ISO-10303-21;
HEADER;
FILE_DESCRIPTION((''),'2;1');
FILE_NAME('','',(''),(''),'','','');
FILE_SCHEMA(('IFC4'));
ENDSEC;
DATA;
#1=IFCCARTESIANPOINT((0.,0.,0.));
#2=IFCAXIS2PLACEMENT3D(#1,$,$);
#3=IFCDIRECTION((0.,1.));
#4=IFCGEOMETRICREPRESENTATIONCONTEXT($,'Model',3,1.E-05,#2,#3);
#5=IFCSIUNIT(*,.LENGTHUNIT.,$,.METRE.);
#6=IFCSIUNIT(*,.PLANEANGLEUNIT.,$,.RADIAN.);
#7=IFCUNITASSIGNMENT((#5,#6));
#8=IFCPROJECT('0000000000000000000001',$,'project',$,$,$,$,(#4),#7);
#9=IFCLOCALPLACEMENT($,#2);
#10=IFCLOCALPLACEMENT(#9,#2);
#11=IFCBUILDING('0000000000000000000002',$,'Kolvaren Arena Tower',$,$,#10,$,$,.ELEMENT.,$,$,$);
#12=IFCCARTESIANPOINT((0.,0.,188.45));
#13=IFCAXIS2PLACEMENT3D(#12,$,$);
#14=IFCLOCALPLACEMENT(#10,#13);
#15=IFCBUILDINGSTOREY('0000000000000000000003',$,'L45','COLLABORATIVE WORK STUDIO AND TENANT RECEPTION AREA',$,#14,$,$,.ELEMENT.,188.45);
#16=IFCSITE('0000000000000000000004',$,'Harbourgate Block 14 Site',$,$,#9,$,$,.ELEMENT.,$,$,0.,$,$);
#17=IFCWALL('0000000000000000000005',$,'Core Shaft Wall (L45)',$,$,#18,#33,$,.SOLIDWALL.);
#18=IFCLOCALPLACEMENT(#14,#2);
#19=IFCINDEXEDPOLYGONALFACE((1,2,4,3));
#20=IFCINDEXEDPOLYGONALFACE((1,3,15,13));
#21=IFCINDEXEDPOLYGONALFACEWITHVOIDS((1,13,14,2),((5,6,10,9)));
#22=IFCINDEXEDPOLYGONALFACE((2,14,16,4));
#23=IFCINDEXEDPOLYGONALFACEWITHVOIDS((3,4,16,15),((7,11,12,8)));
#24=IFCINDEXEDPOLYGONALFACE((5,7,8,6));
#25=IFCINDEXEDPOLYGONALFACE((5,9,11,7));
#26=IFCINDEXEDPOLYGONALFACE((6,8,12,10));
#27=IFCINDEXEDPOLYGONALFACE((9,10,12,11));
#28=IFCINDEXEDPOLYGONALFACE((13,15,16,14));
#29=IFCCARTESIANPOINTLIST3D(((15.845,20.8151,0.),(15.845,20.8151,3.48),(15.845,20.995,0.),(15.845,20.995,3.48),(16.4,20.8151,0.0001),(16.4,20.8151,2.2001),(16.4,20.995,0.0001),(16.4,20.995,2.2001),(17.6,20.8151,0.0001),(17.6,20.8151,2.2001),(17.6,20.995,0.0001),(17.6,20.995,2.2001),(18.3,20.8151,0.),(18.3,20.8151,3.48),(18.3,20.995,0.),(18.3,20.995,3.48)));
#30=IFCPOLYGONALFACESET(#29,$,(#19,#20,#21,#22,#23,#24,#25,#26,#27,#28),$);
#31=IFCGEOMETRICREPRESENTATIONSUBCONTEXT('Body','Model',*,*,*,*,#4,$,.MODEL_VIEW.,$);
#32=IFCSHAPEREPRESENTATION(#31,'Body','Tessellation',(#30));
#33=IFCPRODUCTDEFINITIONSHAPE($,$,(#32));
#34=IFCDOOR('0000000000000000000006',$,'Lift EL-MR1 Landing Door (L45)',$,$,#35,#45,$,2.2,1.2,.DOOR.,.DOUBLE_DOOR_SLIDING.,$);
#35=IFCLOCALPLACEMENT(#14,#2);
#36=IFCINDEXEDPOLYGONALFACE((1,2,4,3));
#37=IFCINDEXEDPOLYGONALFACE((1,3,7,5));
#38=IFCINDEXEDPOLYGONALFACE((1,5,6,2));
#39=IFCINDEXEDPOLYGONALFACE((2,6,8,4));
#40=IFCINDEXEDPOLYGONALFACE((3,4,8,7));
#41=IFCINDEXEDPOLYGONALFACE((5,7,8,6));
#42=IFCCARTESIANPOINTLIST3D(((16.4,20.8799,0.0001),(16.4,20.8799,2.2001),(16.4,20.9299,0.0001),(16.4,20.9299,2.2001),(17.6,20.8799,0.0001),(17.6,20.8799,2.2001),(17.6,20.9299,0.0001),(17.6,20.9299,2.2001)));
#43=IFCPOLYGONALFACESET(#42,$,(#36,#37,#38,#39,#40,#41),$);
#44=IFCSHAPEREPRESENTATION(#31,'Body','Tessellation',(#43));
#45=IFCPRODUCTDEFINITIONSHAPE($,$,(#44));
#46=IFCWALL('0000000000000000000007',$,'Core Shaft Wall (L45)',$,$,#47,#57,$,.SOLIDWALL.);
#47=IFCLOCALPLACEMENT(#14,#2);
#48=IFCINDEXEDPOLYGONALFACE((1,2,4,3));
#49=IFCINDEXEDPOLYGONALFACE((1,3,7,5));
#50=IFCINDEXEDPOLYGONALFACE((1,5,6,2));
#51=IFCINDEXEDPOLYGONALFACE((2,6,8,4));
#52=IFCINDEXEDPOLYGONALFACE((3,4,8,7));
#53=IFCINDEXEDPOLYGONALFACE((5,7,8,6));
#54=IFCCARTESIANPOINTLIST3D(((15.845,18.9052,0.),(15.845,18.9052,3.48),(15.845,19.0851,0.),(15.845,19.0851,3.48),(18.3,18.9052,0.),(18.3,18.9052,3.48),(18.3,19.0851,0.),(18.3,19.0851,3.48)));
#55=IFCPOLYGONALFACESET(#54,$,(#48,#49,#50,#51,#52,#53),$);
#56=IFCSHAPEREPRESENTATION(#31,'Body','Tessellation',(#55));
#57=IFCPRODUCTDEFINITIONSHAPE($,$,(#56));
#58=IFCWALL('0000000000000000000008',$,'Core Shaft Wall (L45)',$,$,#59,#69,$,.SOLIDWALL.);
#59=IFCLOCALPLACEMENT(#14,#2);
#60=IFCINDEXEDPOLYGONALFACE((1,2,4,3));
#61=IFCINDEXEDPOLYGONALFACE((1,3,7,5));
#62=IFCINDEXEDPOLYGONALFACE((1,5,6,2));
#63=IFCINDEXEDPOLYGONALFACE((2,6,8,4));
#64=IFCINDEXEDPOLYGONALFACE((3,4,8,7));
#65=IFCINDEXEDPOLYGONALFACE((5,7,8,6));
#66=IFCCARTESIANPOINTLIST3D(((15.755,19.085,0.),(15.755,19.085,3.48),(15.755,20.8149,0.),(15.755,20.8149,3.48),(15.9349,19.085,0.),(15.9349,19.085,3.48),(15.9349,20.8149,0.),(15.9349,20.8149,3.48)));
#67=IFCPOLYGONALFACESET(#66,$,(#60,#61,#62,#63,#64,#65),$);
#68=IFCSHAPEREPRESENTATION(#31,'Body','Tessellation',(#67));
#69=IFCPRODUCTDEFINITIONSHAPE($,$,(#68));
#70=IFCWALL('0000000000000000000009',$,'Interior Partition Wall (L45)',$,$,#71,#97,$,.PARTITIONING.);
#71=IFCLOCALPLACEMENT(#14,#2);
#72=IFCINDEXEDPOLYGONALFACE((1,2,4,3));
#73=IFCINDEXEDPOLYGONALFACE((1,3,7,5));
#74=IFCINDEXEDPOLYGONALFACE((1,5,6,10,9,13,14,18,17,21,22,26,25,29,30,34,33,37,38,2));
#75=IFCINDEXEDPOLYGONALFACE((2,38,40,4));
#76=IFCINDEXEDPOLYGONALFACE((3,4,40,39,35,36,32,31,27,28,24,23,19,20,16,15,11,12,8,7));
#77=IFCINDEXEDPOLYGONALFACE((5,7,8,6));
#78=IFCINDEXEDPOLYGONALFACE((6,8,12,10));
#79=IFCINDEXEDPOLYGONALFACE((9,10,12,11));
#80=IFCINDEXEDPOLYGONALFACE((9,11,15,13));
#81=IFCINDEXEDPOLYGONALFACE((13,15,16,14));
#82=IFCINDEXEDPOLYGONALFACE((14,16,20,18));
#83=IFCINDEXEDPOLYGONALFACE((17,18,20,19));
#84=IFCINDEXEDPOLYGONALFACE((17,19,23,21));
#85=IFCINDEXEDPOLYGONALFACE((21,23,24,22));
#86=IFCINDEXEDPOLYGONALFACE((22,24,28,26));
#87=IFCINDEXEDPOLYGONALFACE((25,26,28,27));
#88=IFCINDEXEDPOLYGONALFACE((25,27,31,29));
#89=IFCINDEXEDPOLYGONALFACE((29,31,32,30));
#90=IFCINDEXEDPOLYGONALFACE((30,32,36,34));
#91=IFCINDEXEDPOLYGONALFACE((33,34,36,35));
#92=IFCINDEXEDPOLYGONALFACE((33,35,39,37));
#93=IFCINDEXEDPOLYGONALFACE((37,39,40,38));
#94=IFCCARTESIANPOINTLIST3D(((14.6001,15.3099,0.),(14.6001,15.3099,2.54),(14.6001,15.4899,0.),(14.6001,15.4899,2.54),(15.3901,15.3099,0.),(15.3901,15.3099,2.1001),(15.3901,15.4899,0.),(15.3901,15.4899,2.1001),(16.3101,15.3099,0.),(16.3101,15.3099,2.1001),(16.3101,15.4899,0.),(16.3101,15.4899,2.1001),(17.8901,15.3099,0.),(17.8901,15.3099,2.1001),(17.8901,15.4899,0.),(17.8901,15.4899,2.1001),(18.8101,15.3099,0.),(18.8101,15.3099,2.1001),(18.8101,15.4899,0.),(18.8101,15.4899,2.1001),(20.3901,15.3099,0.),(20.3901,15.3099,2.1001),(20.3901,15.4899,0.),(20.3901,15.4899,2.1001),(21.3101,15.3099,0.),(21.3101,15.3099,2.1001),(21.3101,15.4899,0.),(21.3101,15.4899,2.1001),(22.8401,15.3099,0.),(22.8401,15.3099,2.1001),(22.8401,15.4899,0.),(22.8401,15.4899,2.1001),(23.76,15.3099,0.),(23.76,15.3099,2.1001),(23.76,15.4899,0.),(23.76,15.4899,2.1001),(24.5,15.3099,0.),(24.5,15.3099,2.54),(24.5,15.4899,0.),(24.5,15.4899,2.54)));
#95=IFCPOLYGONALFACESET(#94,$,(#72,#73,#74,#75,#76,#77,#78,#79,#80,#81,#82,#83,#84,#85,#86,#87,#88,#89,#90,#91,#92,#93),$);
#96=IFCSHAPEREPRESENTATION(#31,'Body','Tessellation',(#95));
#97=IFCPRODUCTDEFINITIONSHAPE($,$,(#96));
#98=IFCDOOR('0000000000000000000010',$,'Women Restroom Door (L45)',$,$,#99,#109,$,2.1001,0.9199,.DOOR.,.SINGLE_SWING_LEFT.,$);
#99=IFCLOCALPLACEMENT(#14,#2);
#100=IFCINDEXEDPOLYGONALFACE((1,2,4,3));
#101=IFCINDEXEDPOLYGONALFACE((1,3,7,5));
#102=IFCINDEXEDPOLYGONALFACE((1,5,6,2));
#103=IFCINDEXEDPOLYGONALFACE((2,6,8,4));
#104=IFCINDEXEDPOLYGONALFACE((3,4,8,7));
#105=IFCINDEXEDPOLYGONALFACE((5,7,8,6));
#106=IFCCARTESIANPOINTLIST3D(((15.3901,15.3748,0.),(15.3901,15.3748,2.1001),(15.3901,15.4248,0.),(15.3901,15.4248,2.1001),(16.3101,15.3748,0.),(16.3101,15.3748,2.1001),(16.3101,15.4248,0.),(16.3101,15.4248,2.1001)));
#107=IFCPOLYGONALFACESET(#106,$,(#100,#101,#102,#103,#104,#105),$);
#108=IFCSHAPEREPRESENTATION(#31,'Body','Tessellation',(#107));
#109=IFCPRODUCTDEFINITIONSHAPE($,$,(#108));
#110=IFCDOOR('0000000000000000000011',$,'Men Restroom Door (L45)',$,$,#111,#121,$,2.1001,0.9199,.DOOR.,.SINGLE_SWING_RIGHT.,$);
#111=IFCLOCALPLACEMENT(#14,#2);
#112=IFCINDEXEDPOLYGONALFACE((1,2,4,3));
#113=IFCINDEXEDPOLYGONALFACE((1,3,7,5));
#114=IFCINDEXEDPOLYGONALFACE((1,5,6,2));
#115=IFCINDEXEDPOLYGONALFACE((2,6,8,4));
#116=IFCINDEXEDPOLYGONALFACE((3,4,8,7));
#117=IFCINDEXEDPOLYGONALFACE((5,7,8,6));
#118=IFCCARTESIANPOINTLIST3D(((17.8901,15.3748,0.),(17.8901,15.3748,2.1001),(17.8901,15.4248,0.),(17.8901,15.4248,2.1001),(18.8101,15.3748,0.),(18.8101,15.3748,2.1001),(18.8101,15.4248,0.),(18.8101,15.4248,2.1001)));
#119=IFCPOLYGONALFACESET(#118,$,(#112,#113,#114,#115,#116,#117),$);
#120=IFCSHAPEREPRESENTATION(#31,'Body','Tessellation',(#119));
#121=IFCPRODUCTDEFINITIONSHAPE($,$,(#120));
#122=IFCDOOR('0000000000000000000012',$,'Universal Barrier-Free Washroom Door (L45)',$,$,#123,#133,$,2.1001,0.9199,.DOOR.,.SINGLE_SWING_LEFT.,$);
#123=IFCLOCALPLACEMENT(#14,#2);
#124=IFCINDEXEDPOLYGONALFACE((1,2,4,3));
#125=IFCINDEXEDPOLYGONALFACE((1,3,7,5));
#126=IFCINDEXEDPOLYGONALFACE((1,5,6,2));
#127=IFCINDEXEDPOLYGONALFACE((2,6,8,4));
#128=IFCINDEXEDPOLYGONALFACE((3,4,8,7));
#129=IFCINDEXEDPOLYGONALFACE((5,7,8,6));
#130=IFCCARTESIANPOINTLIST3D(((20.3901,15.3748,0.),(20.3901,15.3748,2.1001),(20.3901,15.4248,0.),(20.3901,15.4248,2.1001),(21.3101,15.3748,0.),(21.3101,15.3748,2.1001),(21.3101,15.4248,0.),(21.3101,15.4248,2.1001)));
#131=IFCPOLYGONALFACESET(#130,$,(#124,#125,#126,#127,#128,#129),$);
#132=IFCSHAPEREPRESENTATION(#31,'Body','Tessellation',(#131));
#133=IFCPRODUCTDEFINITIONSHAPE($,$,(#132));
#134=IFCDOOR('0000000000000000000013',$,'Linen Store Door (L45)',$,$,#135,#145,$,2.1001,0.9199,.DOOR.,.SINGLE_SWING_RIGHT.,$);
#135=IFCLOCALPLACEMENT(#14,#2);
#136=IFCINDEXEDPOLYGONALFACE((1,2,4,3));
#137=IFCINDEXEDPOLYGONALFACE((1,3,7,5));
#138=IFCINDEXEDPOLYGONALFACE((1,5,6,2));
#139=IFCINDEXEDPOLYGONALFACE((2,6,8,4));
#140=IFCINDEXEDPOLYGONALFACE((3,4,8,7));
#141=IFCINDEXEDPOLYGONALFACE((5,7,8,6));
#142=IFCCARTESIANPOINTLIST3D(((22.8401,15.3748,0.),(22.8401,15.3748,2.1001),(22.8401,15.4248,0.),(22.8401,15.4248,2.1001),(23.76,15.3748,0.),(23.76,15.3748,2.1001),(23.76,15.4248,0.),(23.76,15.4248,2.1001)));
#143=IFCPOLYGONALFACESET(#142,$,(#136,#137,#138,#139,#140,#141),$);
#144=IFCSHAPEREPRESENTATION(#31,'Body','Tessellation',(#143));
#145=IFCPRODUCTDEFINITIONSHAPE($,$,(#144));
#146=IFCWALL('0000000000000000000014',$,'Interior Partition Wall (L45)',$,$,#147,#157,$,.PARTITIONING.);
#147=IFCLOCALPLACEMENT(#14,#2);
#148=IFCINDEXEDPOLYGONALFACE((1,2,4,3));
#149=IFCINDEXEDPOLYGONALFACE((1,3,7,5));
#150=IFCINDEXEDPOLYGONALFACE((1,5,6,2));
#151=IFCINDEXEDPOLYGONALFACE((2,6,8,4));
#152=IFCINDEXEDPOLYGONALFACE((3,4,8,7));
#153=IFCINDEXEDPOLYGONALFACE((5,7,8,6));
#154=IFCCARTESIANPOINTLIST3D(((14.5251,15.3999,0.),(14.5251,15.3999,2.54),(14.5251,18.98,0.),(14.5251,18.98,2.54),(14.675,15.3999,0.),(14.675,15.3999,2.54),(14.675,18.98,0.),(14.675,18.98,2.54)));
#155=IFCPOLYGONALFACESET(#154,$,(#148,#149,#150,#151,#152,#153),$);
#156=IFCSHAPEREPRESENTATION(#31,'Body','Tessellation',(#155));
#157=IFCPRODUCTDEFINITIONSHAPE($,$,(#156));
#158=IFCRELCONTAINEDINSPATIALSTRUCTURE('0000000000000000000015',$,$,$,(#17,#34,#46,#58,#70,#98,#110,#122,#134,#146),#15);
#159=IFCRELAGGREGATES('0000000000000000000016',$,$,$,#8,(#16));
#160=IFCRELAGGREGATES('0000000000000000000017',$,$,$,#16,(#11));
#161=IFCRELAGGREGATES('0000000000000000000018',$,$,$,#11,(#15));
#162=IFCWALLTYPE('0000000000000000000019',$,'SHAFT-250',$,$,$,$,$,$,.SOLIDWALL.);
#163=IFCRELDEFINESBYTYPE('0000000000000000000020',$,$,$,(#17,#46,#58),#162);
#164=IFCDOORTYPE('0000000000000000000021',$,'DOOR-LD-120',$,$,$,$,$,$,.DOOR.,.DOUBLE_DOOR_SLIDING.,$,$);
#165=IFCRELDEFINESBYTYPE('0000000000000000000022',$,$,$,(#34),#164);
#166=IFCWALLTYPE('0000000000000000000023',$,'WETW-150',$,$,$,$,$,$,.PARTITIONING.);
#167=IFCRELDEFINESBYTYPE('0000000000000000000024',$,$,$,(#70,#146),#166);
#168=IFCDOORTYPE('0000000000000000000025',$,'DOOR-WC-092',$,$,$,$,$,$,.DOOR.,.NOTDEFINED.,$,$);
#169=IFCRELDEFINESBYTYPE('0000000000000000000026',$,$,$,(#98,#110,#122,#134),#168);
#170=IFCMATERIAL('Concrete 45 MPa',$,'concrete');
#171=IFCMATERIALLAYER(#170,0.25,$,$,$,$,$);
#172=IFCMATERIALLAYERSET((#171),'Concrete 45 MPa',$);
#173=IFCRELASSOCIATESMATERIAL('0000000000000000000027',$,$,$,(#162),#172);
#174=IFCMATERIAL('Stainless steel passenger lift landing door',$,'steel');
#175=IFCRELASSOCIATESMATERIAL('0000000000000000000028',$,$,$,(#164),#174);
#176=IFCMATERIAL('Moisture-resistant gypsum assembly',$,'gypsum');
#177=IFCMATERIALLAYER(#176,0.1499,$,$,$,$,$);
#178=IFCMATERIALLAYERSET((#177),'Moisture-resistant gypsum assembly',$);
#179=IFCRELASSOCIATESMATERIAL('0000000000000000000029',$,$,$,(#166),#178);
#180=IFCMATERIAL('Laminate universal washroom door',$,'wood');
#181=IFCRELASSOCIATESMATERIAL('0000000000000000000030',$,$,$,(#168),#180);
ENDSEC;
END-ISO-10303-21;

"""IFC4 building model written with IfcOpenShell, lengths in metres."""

from ifc_helpers import new_model, si_unit, direction, frame, frame_2d, origin, place, context, subcontext, project, spatial, rectangle, extrude, material, layer, layer_set, type_object, element, fill, save


model = new_model("IFC4")

# Units and contexts
model_context = context("Model", 3, precision=1e-05, world=origin(), true_north=direction((0.0, 1.0)))
body_context = subcontext(model_context, "Body", "Model", "MODEL_VIEW")
ifc_project = project(units=[si_unit("LENGTHUNIT", "METRE"), si_unit("PLANEANGLEUNIT", "RADIAN")], contexts=[model_context])

# Site, building, storey
site_placement = place(None, origin())
site = spatial("IfcSite", under=ifc_project, at=site_placement, Name="Harbourgate Block 14 Site", CompositionType="ELEMENT", RefElevation=0.0)
building_placement = place(site_placement, origin())
building = spatial("IfcBuilding", under=site, at=building_placement, Name="Kolvaren Arena Tower", CompositionType="ELEMENT")
storey_placement = place(building_placement, frame((0.0, 0.0, 188.45)))
storey = spatial("IfcBuildingStorey", under=building, at=storey_placement, Name="L45", Description="COLLABORATIVE WORK STUDIO AND TENANT RECEPTION AREA", CompositionType="ELEMENT", Elevation=188.45)

# Wall, opening, door
ifc_material_1 = material(Name="Concrete 45 MPa", Category="concrete")
ifc_layer_1 = layer(ifc_material_1, 0.25)
ifc_layer_set_1 = layer_set([ifc_layer_1], Name="Concrete 45 MPa")
wall_type_1 = type_object("IfcWallType", Name="SHAFT-250", PredefinedType="SOLIDWALL", material=ifc_layer_set_1)
wall_1_placement = place(storey_placement, frame((15.845, 20.905, 0.0), z_axis=(0.0, 0.0, 1.0), x_axis=(1.0, 0.0, 0.0)))
wall_1 = element("IfcWall", 1, at=wall_1_placement, inside=storey, type_object=wall_type_1, Name="Core Shaft Wall (L45)", PredefinedType="SOLIDWALL", context=body_context, shape_type="SweptSolid", body=[
    extrude(rectangle(XDim=2.4551, YDim=0.1799, at=frame_2d((1.2275, 0.0))), origin(), (0.0, 0.0, 1.0), 3.48),
])
opening_1_placement = place(wall_1_placement, frame((0.5549, 0.0, 0.0)))
opening_1 = element("IfcOpeningElement", 2, at=opening_1_placement, cuts=wall_1, PredefinedType="OPENING", context=body_context, shape_type="SweptSolid", body=[
    extrude(rectangle(XDim=1.2, YDim=2.2, at=frame_2d((0.6001, 1.1001))), frame((0.0, 0.0999, 0.0), z_axis=(0.0, -1.0, 0.0), x_axis=(1.0, 0.0, 0.0)), (0.0, 0.0, 1.0), 0.2),
])
ifc_material_2 = material(Name="Stainless steel passenger lift landing door", Category="steel")
door_type_1 = type_object("IfcDoorType", Name="DOOR-LD-120", OperationType="DOUBLE_DOOR_SLIDING", PredefinedType="DOOR", material=ifc_material_2)
door_1_placement = place(opening_1_placement, origin())
door_1 = element("IfcDoor", 3, at=door_1_placement, inside=storey, type_object=door_type_1, Name="Lift EL-MR1 Landing Door (L45)", OperationType="DOUBLE_DOOR_SLIDING", OverallHeight=2.2, OverallWidth=1.2, PredefinedType="DOOR", context=body_context, shape_type="SweptSolid", body=[
    extrude(rectangle(XDim=1.2, YDim=2.2, at=frame_2d((0.6001, 1.1001))), frame((0.0, 0.0249, 0.0), z_axis=(0.0, -1.0, 0.0), x_axis=(1.0, 0.0, 0.0)), (0.0, 0.0, 1.0), 0.05),
])
fill(opening_1, door_1)

# Walls
wall_2_placement = place(storey_placement, frame((15.845, 18.9951, 0.0), z_axis=(0.0, 0.0, 1.0), x_axis=(1.0, 0.0, 0.0)))
element("IfcWall", 4, at=wall_2_placement, inside=storey, type_object=wall_type_1, Name="Core Shaft Wall (L45)", PredefinedType="SOLIDWALL", context=body_context, shape_type="SweptSolid", body=[
    extrude(rectangle(XDim=2.4551, YDim=0.1799, at=frame_2d((1.2275, 0.0))), origin(), (0.0, 0.0, 1.0), 3.48),
])
wall_3_placement = place(storey_placement, frame((15.845, 19.085, 0.0), z_axis=(0.0, 0.0, 1.0), x_axis=(0.0, 1.0, 0.0)))
element("IfcWall", 5, at=wall_3_placement, inside=storey, type_object=wall_type_1, Name="Core Shaft Wall (L45)", PredefinedType="SOLIDWALL", context=body_context, shape_type="SweptSolid", body=[
    extrude(rectangle(XDim=1.73, YDim=0.1799, at=frame_2d((0.865, 0.0))), origin(), (0.0, 0.0, 1.0), 3.48),
])

# Wall, openings, doors
ifc_material_3 = material(Name="Moisture-resistant gypsum assembly", Category="gypsum")
ifc_layer_2 = layer(ifc_material_3, 0.1499)
ifc_layer_set_2 = layer_set([ifc_layer_2], Name="Moisture-resistant gypsum assembly")
wall_type_2 = type_object("IfcWallType", Name="WETW-150", PredefinedType="PARTITIONING", material=ifc_layer_set_2)
wall_4_placement = place(storey_placement, frame((14.6001, 15.3999, 0.0), z_axis=(0.0, 0.0, 1.0), x_axis=(1.0, 0.0, 0.0)))
wall_4 = element("IfcWall", 6, at=wall_4_placement, inside=storey, type_object=wall_type_2, Name="Interior Partition Wall (L45)", PredefinedType="PARTITIONING", context=body_context, shape_type="SweptSolid", body=[
    extrude(rectangle(XDim=9.8999, YDim=0.1799, at=frame_2d((4.95, 0.0))), origin(), (0.0, 0.0, 1.0), 2.54),
])
opening_2_placement = place(wall_4_placement, frame((0.79, 0.0, 0.0)))
opening_2 = element("IfcOpeningElement", 7, at=opening_2_placement, cuts=wall_4, PredefinedType="OPENING", context=body_context, shape_type="SweptSolid", body=[
    extrude(rectangle(XDim=0.9199, YDim=2.1001, at=frame_2d((0.46, 1.05))), frame((0.0, 0.0999, 0.0), z_axis=(0.0, -1.0, 0.0), x_axis=(1.0, 0.0, 0.0)), (0.0, 0.0, 1.0), 0.2),
])
opening_3_placement = place(wall_4_placement, frame((3.29, 0.0, 0.0)))
opening_3 = element("IfcOpeningElement", 8, at=opening_3_placement, cuts=wall_4, PredefinedType="OPENING", context=body_context, shape_type="SweptSolid", body=[
    extrude(rectangle(XDim=0.9199, YDim=2.1001, at=frame_2d((0.46, 1.05))), frame((0.0, 0.0999, 0.0), z_axis=(0.0, -1.0, 0.0), x_axis=(1.0, 0.0, 0.0)), (0.0, 0.0, 1.0), 0.2),
])
opening_4_placement = place(wall_4_placement, frame((5.79, 0.0, 0.0)))
opening_4 = element("IfcOpeningElement", 9, at=opening_4_placement, cuts=wall_4, PredefinedType="OPENING", context=body_context, shape_type="SweptSolid", body=[
    extrude(rectangle(XDim=0.9199, YDim=2.1001, at=frame_2d((0.46, 1.05))), frame((0.0, 0.0999, 0.0), z_axis=(0.0, -1.0, 0.0), x_axis=(1.0, 0.0, 0.0)), (0.0, 0.0, 1.0), 0.2),
])
opening_5_placement = place(wall_4_placement, frame((8.24, 0.0, 0.0)))
opening_5 = element("IfcOpeningElement", 10, at=opening_5_placement, cuts=wall_4, PredefinedType="OPENING", context=body_context, shape_type="SweptSolid", body=[
    extrude(rectangle(XDim=0.9199, YDim=2.1001, at=frame_2d((0.46, 1.05))), frame((0.0, 0.0999, 0.0), z_axis=(0.0, -1.0, 0.0), x_axis=(1.0, 0.0, 0.0)), (0.0, 0.0, 1.0), 0.2),
])
ifc_material_4 = material(Name="Laminate universal washroom door", Category="wood")
door_type_2 = type_object("IfcDoorType", Name="DOOR-WC-092", OperationType="NOTDEFINED", PredefinedType="DOOR", material=ifc_material_4)
door_2_placement = place(opening_2_placement, origin())
door_2 = element("IfcDoor", 11, at=door_2_placement, inside=storey, type_object=door_type_2, Name="Women Restroom Door (L45)", OperationType="SINGLE_SWING_LEFT", OverallHeight=2.1001, OverallWidth=0.9199, PredefinedType="DOOR", context=body_context, shape_type="SweptSolid", body=[
    extrude(rectangle(XDim=0.9199, YDim=2.1001, at=frame_2d((0.46, 1.05))), frame((0.0, 0.0249, 0.0), z_axis=(0.0, -1.0, 0.0), x_axis=(1.0, 0.0, 0.0)), (0.0, 0.0, 1.0), 0.05),
])
fill(opening_2, door_2)
door_3_placement = place(opening_3_placement, origin())
door_3 = element("IfcDoor", 12, at=door_3_placement, inside=storey, type_object=door_type_2, Name="Men Restroom Door (L45)", OperationType="SINGLE_SWING_RIGHT", OverallHeight=2.1001, OverallWidth=0.9199, PredefinedType="DOOR", context=body_context, shape_type="SweptSolid", body=[
    extrude(rectangle(XDim=0.9199, YDim=2.1001, at=frame_2d((0.46, 1.05))), frame((0.0, 0.0249, 0.0), z_axis=(0.0, -1.0, 0.0), x_axis=(1.0, 0.0, 0.0)), (0.0, 0.0, 1.0), 0.05),
])
fill(opening_3, door_3)
door_4_placement = place(opening_4_placement, origin())
door_4 = element("IfcDoor", 13, at=door_4_placement, inside=storey, type_object=door_type_2, Name="Universal Barrier-Free Washroom Door (L45)", OperationType="SINGLE_SWING_LEFT", OverallHeight=2.1001, OverallWidth=0.9199, PredefinedType="DOOR", context=body_context, shape_type="SweptSolid", body=[
    extrude(rectangle(XDim=0.9199, YDim=2.1001, at=frame_2d((0.46, 1.05))), frame((0.0, 0.0249, 0.0), z_axis=(0.0, -1.0, 0.0), x_axis=(1.0, 0.0, 0.0)), (0.0, 0.0, 1.0), 0.05),
])
fill(opening_4, door_4)
door_5_placement = place(opening_5_placement, origin())
door_5 = element("IfcDoor", 14, at=door_5_placement, inside=storey, type_object=door_type_2, Name="Linen Store Door (L45)", OperationType="SINGLE_SWING_RIGHT", OverallHeight=2.1001, OverallWidth=0.9199, PredefinedType="DOOR", context=body_context, shape_type="SweptSolid", body=[
    extrude(rectangle(XDim=0.9199, YDim=2.1001, at=frame_2d((0.46, 1.05))), frame((0.0, 0.0249, 0.0), z_axis=(0.0, -1.0, 0.0), x_axis=(1.0, 0.0, 0.0)), (0.0, 0.0, 1.0), 0.05),
])
fill(opening_5, door_5)

# Wall
wall_5_placement = place(storey_placement, frame((14.6001, 15.3999, 0.0), z_axis=(0.0, 0.0, 1.0), x_axis=(0.0, 1.0, 0.0)))
element("IfcWall", 15, at=wall_5_placement, inside=storey, type_object=wall_type_2, Name="Interior Partition Wall (L45)", PredefinedType="PARTITIONING", context=body_context, shape_type="SweptSolid", body=[
    extrude(rectangle(XDim=3.5801, YDim=0.1499, at=frame_2d((1.79, 0.0))), origin(), (0.0, 0.0, 1.0), 2.54),
])

save(model, "model.ifc")
